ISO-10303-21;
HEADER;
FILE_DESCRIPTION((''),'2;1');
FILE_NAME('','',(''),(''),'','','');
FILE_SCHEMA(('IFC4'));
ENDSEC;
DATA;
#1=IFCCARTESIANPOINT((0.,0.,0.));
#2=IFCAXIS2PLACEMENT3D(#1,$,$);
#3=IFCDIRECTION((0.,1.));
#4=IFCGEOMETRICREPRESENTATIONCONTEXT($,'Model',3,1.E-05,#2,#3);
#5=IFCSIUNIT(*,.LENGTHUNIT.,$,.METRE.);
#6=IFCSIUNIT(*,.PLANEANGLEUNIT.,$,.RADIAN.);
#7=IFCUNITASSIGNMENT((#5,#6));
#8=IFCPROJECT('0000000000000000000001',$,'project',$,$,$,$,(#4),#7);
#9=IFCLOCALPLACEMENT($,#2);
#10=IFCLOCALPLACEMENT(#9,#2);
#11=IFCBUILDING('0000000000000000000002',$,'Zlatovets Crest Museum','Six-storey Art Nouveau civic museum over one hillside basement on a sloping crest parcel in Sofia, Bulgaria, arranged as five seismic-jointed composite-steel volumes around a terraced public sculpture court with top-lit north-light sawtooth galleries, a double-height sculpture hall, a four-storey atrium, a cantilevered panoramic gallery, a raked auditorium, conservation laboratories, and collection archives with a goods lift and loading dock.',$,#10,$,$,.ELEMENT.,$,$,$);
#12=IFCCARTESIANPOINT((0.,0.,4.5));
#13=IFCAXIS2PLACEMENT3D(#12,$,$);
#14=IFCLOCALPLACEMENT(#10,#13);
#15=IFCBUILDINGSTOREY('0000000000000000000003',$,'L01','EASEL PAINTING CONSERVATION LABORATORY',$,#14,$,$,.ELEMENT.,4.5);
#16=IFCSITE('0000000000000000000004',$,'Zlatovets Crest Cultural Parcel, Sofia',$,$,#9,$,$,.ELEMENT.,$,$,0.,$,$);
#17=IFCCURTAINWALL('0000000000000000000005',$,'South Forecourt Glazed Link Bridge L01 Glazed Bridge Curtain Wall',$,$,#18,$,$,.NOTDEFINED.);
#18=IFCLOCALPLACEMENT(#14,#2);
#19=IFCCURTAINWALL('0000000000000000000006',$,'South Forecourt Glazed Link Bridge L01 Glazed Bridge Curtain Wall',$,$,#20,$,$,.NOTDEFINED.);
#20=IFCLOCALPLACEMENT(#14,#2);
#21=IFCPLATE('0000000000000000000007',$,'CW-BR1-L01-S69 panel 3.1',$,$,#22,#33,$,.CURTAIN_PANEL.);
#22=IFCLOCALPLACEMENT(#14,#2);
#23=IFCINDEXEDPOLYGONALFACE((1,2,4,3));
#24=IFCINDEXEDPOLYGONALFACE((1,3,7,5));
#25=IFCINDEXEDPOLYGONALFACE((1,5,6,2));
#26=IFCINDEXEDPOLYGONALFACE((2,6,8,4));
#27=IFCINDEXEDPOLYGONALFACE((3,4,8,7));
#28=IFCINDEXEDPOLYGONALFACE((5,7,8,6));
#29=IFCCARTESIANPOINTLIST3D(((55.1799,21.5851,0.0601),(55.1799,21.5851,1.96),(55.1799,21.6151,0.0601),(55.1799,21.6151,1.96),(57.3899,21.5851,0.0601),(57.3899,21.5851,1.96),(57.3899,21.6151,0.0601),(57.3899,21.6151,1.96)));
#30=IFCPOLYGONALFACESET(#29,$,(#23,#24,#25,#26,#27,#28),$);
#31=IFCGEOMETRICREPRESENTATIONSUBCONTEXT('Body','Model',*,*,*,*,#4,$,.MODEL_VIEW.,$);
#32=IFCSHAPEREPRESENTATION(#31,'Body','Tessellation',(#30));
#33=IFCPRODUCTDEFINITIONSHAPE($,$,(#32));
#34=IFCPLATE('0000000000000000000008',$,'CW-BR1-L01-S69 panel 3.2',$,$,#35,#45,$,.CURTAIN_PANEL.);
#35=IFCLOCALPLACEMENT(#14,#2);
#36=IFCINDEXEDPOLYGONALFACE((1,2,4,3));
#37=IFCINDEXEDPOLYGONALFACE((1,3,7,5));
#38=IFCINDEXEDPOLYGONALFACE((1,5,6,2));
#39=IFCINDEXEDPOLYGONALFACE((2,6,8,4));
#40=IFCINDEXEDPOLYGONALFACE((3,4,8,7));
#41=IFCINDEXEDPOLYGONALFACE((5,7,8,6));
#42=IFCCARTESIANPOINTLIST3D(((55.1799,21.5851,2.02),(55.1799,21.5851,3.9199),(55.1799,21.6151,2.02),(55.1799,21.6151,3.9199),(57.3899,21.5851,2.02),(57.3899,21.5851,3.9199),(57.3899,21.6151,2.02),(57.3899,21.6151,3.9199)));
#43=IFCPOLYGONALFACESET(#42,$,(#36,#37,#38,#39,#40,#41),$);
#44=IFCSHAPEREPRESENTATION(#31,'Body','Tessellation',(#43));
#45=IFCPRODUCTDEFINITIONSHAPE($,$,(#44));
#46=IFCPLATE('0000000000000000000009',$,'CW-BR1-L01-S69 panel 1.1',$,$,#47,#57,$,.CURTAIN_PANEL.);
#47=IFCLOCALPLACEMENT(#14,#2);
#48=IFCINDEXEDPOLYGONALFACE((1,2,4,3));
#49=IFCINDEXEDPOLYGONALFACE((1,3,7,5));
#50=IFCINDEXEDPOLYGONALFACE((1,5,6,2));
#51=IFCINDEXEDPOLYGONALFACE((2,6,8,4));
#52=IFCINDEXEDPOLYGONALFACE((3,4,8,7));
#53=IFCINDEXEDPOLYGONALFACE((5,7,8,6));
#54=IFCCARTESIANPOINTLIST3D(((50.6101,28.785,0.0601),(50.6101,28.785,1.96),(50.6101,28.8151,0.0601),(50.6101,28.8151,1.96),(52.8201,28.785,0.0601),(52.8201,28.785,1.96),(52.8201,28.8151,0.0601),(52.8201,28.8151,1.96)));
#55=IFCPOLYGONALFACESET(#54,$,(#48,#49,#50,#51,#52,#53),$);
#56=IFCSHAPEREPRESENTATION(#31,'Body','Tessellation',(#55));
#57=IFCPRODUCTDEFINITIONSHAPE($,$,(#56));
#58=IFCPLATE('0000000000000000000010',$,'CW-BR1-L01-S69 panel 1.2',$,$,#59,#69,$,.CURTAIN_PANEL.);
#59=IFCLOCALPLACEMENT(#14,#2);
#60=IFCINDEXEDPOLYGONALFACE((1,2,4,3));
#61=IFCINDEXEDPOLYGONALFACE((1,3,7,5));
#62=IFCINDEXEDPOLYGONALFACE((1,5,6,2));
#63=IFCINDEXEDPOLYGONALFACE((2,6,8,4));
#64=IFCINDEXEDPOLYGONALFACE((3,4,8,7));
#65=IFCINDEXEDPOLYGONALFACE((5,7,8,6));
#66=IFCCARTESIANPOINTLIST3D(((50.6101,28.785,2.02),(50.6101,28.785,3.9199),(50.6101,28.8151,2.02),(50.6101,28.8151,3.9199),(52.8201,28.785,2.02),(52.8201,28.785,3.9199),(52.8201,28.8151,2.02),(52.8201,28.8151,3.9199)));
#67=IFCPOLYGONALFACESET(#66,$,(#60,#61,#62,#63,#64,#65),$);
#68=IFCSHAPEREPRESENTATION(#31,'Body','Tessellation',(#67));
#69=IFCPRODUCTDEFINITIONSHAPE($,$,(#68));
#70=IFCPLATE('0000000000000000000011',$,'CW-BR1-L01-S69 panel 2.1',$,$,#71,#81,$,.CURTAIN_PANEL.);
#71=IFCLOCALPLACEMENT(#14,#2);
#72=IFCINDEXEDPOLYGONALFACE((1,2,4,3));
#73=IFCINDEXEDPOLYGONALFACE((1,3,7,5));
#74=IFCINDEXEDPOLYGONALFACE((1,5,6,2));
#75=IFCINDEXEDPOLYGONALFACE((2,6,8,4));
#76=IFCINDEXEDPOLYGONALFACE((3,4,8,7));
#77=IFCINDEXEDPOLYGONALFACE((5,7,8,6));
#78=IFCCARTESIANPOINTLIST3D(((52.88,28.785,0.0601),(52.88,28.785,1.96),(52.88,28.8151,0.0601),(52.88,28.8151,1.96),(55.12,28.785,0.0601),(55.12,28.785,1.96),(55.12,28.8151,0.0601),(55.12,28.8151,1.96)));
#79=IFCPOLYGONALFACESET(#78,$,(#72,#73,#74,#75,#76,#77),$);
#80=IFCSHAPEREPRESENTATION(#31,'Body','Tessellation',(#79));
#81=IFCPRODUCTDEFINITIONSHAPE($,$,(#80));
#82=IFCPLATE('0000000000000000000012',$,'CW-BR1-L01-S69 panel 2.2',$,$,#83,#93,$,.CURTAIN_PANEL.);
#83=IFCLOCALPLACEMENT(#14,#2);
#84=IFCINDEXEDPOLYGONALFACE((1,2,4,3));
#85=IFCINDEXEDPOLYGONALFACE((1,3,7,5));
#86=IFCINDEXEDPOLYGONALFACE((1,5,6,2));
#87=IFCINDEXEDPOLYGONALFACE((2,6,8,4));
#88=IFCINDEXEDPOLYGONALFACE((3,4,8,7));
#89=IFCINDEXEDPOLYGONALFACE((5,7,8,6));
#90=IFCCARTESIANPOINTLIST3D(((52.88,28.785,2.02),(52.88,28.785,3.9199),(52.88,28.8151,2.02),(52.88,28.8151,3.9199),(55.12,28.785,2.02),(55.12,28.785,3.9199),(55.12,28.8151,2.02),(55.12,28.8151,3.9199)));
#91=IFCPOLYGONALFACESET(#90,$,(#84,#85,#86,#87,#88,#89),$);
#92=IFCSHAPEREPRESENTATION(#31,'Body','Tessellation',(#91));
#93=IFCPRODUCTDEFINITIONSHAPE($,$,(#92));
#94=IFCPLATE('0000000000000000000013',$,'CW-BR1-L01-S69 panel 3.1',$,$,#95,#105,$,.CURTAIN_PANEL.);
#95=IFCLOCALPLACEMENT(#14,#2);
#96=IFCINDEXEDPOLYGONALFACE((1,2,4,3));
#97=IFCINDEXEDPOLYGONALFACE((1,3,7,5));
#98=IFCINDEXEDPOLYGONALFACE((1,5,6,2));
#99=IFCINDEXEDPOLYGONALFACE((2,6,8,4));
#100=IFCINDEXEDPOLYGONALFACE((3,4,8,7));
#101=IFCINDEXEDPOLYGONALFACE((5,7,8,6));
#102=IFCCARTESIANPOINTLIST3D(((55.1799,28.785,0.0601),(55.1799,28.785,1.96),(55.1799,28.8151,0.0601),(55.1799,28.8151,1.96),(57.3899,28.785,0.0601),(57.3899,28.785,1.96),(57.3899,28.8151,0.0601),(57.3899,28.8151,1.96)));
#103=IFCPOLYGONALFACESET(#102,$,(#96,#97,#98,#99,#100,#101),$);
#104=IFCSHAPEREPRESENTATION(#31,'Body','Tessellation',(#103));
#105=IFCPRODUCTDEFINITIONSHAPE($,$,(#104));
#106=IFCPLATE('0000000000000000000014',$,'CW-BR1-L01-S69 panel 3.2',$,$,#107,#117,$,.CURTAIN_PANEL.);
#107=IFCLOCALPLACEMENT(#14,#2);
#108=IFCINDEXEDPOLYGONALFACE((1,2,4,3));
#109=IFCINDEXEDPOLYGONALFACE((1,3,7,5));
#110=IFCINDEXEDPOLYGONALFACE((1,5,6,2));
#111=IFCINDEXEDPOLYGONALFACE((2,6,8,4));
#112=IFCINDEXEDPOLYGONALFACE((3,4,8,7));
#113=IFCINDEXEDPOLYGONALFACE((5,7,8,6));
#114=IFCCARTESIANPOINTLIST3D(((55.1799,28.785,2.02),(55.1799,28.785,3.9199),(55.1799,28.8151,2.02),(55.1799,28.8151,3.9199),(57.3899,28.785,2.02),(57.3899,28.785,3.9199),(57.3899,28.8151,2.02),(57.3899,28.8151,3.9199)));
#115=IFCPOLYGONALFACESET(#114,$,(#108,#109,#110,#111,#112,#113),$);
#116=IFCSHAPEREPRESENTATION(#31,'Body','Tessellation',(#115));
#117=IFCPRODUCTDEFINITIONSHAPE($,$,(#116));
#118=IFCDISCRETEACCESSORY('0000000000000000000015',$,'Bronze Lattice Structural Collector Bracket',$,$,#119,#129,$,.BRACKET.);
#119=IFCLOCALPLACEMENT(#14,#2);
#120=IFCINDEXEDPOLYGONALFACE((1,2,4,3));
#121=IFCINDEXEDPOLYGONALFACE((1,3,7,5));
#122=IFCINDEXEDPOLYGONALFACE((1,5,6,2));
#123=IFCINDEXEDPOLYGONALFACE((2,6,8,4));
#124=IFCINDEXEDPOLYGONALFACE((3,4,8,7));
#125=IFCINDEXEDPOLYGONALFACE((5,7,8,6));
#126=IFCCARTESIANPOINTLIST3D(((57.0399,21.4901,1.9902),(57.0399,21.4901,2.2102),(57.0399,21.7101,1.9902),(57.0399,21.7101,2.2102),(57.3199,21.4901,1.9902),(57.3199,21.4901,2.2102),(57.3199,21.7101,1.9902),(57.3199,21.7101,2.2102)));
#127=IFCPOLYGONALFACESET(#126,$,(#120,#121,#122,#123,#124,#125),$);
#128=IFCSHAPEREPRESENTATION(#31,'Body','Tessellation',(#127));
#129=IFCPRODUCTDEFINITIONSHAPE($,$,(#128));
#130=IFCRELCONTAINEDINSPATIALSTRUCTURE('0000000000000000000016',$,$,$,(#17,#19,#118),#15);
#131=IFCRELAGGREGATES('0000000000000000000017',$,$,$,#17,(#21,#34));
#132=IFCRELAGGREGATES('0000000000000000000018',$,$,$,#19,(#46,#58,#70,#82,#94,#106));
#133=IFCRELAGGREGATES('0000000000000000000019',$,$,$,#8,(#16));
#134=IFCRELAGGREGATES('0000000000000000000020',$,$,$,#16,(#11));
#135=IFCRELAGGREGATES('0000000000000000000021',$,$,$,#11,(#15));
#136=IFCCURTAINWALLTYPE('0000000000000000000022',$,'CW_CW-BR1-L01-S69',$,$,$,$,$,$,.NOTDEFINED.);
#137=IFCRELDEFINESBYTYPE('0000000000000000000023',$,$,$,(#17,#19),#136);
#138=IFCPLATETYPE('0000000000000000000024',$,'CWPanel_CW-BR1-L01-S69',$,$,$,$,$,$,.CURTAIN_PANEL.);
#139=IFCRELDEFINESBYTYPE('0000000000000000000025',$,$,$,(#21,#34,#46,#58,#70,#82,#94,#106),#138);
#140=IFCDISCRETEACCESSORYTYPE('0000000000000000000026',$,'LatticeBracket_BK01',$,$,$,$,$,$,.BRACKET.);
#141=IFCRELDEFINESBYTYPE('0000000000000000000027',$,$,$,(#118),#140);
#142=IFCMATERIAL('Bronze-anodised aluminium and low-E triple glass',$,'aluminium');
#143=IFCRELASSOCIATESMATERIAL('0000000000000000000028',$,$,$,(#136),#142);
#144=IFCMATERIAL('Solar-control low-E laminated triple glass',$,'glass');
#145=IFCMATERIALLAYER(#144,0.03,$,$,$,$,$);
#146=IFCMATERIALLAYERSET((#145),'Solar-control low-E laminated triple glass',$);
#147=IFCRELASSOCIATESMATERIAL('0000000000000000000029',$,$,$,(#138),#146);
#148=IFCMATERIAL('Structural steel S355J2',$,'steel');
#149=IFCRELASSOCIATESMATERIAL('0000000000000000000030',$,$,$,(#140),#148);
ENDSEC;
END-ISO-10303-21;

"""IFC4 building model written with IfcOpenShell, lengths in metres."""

from ifc_helpers import new_model, si_unit, direction, frame, origin, origin_2d, place, context, subcontext, project, spatial, rectangle, extrude, material, layer, layer_set, type_object, element, aggregate, save


model = new_model("IFC4")

# Units and contexts
model_context = context("Model", 3, precision=1e-05, world=origin(), true_north=direction((0.0, 1.0)))
body_context = subcontext(model_context, "Body", "Model", "MODEL_VIEW")
ifc_project = project(units=[si_unit("LENGTHUNIT", "METRE"), si_unit("PLANEANGLEUNIT", "RADIAN")], contexts=[model_context])

# Site, building, storey
site_placement = place(None, origin())
site = spatial("IfcSite", under=ifc_project, at=site_placement, Name="Zlatovets Crest Cultural Parcel, Sofia", CompositionType="ELEMENT", RefElevation=0.0)
building_placement = place(site_placement, origin())
building = spatial("IfcBuilding", under=site, at=building_placement, Name="Zlatovets Crest Museum", Description="Six-storey Art Nouveau civic museum over one hillside basement on a sloping crest parcel in Sofia, Bulgaria, arranged as five seismic-jointed composite-steel volumes around a terraced public sculpture court with top-lit north-light sawtooth galleries, a double-height sculpture hall, a four-storey atrium, a cantilevered panoramic gallery, a raked auditorium, conservation laboratories, and collection archives with a goods lift and loading dock.", CompositionType="ELEMENT")
storey_placement = place(building_placement, frame((0.0, 0.0, 4.5)))
storey = spatial("IfcBuildingStorey", under=building, at=storey_placement, Name="L01", Description="EASEL PAINTING CONSERVATION LABORATORY", CompositionType="ELEMENT", Elevation=4.5)

# Curtain walls
ifc_material_1 = material(Name="Bronze-anodised aluminium and low-E triple glass", Category="aluminium")
curtain_wall_type = type_object("IfcCurtainWallType", Name="CW_CW-BR1-L01-S69", PredefinedType="NOTDEFINED", material=ifc_material_1)
curtain_wall_1_placement = place(storey_placement, origin())
curtain_wall_1 = element("IfcCurtainWall", 1, at=curtain_wall_1_placement, inside=storey, type_object=curtain_wall_type, Name="South Forecourt Glazed Link Bridge L01 Glazed Bridge Curtain Wall", PredefinedType="NOTDEFINED")
curtain_wall_2_placement = place(storey_placement, origin())
curtain_wall_2 = element("IfcCurtainWall", 2, at=curtain_wall_2_placement, inside=storey, type_object=curtain_wall_type, Name="South Forecourt Glazed Link Bridge L01 Glazed Bridge Curtain Wall", PredefinedType="NOTDEFINED")

# Plates
ifc_material_2 = material(Name="Solar-control low-E laminated triple glass", Category="glass")
ifc_layer = layer(ifc_material_2, 0.03)
ifc_layer_set = layer_set([ifc_layer], Name="Solar-control low-E laminated triple glass")
plate_type = type_object("IfcPlateType", Name="CWPanel_CW-BR1-L01-S69", PredefinedType="CURTAIN_PANEL", material=ifc_layer_set)
plate_1_placement = place(storey_placement, frame((56.2849, 21.6001, 0.0601), z_axis=(0.0, 0.0, 1.0), x_axis=(1.0, 0.0, 0.0)))
plate_1 = element("IfcPlate", 3, at=plate_1_placement, type_object=plate_type, Name="CW-BR1-L01-S69 panel 3.1", PredefinedType="CURTAIN_PANEL", context=body_context, shape_type="SweptSolid", body=[
    extrude(rectangle(XDim=2.21, YDim=0.03, at=origin_2d()), origin(), (0.0, 0.0, 1.0), 1.8999),
])
plate_2_placement = place(storey_placement, frame((56.2849, 21.6001, 2.02), z_axis=(0.0, 0.0, 1.0), x_axis=(1.0, 0.0, 0.0)))
plate_2 = element("IfcPlate", 4, at=plate_2_placement, type_object=plate_type, Name="CW-BR1-L01-S69 panel 3.2", PredefinedType="CURTAIN_PANEL", context=body_context, shape_type="SweptSolid", body=[
    extrude(rectangle(XDim=2.21, YDim=0.03, at=origin_2d()), origin(), (0.0, 0.0, 1.0), 1.8999),
])
aggregate(curtain_wall_1, [plate_1, plate_2])
plate_3_placement = place(storey_placement, frame((51.7151, 28.8, 0.0601), z_axis=(0.0, 0.0, 1.0), x_axis=(1.0, 0.0, 0.0)))
plate_3 = element("IfcPlate", 5, at=plate_3_placement, type_object=plate_type, Name="CW-BR1-L01-S69 panel 1.1", PredefinedType="CURTAIN_PANEL", context=body_context, shape_type="SweptSolid", body=[
    extrude(rectangle(XDim=2.21, YDim=0.03, at=origin_2d()), origin(), (0.0, 0.0, 1.0), 1.8999),
])
plate_4_placement = place(storey_placement, frame((51.7151, 28.8, 2.02), z_axis=(0.0, 0.0, 1.0), x_axis=(1.0, 0.0, 0.0)))
plate_4 = element("IfcPlate", 6, at=plate_4_placement, type_object=plate_type, Name="CW-BR1-L01-S69 panel 1.2", PredefinedType="CURTAIN_PANEL", context=body_context, shape_type="SweptSolid", body=[
    extrude(rectangle(XDim=2.21, YDim=0.03, at=origin_2d()), origin(), (0.0, 0.0, 1.0), 1.8999),
])
plate_5_placement = place(storey_placement, frame((54.0, 28.8, 0.0601), z_axis=(0.0, 0.0, 1.0), x_axis=(1.0, 0.0, 0.0)))
plate_5 = element("IfcPlate", 7, at=plate_5_placement, type_object=plate_type, Name="CW-BR1-L01-S69 panel 2.1", PredefinedType="CURTAIN_PANEL", context=body_context, shape_type="SweptSolid", body=[
    extrude(rectangle(XDim=2.24, YDim=0.03, at=origin_2d()), origin(), (0.0, 0.0, 1.0), 1.8999),
])
plate_6_placement = place(storey_placement, frame((54.0, 28.8, 2.02), z_axis=(0.0, 0.0, 1.0), x_axis=(1.0, 0.0, 0.0)))
plate_6 = element("IfcPlate", 8, at=plate_6_placement, type_object=plate_type, Name="CW-BR1-L01-S69 panel 2.2", PredefinedType="CURTAIN_PANEL", context=body_context, shape_type="SweptSolid", body=[
    extrude(rectangle(XDim=2.24, YDim=0.03, at=origin_2d()), origin(), (0.0, 0.0, 1.0), 1.8999),
])
plate_7_placement = place(storey_placement, frame((56.2849, 28.8, 0.0601), z_axis=(0.0, 0.0, 1.0), x_axis=(1.0, 0.0, 0.0)))
plate_7 = element("IfcPlate", 9, at=plate_7_placement, type_object=plate_type, Name="CW-BR1-L01-S69 panel 3.1", PredefinedType="CURTAIN_PANEL", context=body_context, shape_type="SweptSolid", body=[
    extrude(rectangle(XDim=2.21, YDim=0.03, at=origin_2d()), origin(), (0.0, 0.0, 1.0), 1.8999),
])
plate_8_placement = place(storey_placement, frame((56.2849, 28.8, 2.02), z_axis=(0.0, 0.0, 1.0), x_axis=(1.0, 0.0, 0.0)))
plate_8 = element("IfcPlate", 10, at=plate_8_placement, type_object=plate_type, Name="CW-BR1-L01-S69 panel 3.2", PredefinedType="CURTAIN_PANEL", context=body_context, shape_type="SweptSolid", body=[
    extrude(rectangle(XDim=2.21, YDim=0.03, at=origin_2d()), origin(), (0.0, 0.0, 1.0), 1.8999),
])
aggregate(curtain_wall_2, [plate_3, plate_4, plate_5, plate_6, plate_7, plate_8])

# Discrete accessory
ifc_material_3 = material(Name="Structural steel S355J2", Category="steel")
discrete_accessory_type = type_object("IfcDiscreteAccessoryType", Name="LatticeBracket_BK01", PredefinedType="BRACKET", material=ifc_material_3)
discrete_accessory_placement = place(storey_placement, frame((57.1799, 21.6001, 1.9902), z_axis=(0.0, 0.0, 1.0), x_axis=(1.0, 0.0, 0.0)))
element("IfcDiscreteAccessory", 11, at=discrete_accessory_placement, inside=storey, type_object=discrete_accessory_type, Name="Bronze Lattice Structural Collector Bracket", PredefinedType="BRACKET", context=body_context, shape_type="SweptSolid", body=[
    extrude(rectangle(XDim=0.28, YDim=0.22, at=origin_2d()), origin(), (0.0, 0.0, 1.0), 0.22),
])

save(model, "model.ifc")
